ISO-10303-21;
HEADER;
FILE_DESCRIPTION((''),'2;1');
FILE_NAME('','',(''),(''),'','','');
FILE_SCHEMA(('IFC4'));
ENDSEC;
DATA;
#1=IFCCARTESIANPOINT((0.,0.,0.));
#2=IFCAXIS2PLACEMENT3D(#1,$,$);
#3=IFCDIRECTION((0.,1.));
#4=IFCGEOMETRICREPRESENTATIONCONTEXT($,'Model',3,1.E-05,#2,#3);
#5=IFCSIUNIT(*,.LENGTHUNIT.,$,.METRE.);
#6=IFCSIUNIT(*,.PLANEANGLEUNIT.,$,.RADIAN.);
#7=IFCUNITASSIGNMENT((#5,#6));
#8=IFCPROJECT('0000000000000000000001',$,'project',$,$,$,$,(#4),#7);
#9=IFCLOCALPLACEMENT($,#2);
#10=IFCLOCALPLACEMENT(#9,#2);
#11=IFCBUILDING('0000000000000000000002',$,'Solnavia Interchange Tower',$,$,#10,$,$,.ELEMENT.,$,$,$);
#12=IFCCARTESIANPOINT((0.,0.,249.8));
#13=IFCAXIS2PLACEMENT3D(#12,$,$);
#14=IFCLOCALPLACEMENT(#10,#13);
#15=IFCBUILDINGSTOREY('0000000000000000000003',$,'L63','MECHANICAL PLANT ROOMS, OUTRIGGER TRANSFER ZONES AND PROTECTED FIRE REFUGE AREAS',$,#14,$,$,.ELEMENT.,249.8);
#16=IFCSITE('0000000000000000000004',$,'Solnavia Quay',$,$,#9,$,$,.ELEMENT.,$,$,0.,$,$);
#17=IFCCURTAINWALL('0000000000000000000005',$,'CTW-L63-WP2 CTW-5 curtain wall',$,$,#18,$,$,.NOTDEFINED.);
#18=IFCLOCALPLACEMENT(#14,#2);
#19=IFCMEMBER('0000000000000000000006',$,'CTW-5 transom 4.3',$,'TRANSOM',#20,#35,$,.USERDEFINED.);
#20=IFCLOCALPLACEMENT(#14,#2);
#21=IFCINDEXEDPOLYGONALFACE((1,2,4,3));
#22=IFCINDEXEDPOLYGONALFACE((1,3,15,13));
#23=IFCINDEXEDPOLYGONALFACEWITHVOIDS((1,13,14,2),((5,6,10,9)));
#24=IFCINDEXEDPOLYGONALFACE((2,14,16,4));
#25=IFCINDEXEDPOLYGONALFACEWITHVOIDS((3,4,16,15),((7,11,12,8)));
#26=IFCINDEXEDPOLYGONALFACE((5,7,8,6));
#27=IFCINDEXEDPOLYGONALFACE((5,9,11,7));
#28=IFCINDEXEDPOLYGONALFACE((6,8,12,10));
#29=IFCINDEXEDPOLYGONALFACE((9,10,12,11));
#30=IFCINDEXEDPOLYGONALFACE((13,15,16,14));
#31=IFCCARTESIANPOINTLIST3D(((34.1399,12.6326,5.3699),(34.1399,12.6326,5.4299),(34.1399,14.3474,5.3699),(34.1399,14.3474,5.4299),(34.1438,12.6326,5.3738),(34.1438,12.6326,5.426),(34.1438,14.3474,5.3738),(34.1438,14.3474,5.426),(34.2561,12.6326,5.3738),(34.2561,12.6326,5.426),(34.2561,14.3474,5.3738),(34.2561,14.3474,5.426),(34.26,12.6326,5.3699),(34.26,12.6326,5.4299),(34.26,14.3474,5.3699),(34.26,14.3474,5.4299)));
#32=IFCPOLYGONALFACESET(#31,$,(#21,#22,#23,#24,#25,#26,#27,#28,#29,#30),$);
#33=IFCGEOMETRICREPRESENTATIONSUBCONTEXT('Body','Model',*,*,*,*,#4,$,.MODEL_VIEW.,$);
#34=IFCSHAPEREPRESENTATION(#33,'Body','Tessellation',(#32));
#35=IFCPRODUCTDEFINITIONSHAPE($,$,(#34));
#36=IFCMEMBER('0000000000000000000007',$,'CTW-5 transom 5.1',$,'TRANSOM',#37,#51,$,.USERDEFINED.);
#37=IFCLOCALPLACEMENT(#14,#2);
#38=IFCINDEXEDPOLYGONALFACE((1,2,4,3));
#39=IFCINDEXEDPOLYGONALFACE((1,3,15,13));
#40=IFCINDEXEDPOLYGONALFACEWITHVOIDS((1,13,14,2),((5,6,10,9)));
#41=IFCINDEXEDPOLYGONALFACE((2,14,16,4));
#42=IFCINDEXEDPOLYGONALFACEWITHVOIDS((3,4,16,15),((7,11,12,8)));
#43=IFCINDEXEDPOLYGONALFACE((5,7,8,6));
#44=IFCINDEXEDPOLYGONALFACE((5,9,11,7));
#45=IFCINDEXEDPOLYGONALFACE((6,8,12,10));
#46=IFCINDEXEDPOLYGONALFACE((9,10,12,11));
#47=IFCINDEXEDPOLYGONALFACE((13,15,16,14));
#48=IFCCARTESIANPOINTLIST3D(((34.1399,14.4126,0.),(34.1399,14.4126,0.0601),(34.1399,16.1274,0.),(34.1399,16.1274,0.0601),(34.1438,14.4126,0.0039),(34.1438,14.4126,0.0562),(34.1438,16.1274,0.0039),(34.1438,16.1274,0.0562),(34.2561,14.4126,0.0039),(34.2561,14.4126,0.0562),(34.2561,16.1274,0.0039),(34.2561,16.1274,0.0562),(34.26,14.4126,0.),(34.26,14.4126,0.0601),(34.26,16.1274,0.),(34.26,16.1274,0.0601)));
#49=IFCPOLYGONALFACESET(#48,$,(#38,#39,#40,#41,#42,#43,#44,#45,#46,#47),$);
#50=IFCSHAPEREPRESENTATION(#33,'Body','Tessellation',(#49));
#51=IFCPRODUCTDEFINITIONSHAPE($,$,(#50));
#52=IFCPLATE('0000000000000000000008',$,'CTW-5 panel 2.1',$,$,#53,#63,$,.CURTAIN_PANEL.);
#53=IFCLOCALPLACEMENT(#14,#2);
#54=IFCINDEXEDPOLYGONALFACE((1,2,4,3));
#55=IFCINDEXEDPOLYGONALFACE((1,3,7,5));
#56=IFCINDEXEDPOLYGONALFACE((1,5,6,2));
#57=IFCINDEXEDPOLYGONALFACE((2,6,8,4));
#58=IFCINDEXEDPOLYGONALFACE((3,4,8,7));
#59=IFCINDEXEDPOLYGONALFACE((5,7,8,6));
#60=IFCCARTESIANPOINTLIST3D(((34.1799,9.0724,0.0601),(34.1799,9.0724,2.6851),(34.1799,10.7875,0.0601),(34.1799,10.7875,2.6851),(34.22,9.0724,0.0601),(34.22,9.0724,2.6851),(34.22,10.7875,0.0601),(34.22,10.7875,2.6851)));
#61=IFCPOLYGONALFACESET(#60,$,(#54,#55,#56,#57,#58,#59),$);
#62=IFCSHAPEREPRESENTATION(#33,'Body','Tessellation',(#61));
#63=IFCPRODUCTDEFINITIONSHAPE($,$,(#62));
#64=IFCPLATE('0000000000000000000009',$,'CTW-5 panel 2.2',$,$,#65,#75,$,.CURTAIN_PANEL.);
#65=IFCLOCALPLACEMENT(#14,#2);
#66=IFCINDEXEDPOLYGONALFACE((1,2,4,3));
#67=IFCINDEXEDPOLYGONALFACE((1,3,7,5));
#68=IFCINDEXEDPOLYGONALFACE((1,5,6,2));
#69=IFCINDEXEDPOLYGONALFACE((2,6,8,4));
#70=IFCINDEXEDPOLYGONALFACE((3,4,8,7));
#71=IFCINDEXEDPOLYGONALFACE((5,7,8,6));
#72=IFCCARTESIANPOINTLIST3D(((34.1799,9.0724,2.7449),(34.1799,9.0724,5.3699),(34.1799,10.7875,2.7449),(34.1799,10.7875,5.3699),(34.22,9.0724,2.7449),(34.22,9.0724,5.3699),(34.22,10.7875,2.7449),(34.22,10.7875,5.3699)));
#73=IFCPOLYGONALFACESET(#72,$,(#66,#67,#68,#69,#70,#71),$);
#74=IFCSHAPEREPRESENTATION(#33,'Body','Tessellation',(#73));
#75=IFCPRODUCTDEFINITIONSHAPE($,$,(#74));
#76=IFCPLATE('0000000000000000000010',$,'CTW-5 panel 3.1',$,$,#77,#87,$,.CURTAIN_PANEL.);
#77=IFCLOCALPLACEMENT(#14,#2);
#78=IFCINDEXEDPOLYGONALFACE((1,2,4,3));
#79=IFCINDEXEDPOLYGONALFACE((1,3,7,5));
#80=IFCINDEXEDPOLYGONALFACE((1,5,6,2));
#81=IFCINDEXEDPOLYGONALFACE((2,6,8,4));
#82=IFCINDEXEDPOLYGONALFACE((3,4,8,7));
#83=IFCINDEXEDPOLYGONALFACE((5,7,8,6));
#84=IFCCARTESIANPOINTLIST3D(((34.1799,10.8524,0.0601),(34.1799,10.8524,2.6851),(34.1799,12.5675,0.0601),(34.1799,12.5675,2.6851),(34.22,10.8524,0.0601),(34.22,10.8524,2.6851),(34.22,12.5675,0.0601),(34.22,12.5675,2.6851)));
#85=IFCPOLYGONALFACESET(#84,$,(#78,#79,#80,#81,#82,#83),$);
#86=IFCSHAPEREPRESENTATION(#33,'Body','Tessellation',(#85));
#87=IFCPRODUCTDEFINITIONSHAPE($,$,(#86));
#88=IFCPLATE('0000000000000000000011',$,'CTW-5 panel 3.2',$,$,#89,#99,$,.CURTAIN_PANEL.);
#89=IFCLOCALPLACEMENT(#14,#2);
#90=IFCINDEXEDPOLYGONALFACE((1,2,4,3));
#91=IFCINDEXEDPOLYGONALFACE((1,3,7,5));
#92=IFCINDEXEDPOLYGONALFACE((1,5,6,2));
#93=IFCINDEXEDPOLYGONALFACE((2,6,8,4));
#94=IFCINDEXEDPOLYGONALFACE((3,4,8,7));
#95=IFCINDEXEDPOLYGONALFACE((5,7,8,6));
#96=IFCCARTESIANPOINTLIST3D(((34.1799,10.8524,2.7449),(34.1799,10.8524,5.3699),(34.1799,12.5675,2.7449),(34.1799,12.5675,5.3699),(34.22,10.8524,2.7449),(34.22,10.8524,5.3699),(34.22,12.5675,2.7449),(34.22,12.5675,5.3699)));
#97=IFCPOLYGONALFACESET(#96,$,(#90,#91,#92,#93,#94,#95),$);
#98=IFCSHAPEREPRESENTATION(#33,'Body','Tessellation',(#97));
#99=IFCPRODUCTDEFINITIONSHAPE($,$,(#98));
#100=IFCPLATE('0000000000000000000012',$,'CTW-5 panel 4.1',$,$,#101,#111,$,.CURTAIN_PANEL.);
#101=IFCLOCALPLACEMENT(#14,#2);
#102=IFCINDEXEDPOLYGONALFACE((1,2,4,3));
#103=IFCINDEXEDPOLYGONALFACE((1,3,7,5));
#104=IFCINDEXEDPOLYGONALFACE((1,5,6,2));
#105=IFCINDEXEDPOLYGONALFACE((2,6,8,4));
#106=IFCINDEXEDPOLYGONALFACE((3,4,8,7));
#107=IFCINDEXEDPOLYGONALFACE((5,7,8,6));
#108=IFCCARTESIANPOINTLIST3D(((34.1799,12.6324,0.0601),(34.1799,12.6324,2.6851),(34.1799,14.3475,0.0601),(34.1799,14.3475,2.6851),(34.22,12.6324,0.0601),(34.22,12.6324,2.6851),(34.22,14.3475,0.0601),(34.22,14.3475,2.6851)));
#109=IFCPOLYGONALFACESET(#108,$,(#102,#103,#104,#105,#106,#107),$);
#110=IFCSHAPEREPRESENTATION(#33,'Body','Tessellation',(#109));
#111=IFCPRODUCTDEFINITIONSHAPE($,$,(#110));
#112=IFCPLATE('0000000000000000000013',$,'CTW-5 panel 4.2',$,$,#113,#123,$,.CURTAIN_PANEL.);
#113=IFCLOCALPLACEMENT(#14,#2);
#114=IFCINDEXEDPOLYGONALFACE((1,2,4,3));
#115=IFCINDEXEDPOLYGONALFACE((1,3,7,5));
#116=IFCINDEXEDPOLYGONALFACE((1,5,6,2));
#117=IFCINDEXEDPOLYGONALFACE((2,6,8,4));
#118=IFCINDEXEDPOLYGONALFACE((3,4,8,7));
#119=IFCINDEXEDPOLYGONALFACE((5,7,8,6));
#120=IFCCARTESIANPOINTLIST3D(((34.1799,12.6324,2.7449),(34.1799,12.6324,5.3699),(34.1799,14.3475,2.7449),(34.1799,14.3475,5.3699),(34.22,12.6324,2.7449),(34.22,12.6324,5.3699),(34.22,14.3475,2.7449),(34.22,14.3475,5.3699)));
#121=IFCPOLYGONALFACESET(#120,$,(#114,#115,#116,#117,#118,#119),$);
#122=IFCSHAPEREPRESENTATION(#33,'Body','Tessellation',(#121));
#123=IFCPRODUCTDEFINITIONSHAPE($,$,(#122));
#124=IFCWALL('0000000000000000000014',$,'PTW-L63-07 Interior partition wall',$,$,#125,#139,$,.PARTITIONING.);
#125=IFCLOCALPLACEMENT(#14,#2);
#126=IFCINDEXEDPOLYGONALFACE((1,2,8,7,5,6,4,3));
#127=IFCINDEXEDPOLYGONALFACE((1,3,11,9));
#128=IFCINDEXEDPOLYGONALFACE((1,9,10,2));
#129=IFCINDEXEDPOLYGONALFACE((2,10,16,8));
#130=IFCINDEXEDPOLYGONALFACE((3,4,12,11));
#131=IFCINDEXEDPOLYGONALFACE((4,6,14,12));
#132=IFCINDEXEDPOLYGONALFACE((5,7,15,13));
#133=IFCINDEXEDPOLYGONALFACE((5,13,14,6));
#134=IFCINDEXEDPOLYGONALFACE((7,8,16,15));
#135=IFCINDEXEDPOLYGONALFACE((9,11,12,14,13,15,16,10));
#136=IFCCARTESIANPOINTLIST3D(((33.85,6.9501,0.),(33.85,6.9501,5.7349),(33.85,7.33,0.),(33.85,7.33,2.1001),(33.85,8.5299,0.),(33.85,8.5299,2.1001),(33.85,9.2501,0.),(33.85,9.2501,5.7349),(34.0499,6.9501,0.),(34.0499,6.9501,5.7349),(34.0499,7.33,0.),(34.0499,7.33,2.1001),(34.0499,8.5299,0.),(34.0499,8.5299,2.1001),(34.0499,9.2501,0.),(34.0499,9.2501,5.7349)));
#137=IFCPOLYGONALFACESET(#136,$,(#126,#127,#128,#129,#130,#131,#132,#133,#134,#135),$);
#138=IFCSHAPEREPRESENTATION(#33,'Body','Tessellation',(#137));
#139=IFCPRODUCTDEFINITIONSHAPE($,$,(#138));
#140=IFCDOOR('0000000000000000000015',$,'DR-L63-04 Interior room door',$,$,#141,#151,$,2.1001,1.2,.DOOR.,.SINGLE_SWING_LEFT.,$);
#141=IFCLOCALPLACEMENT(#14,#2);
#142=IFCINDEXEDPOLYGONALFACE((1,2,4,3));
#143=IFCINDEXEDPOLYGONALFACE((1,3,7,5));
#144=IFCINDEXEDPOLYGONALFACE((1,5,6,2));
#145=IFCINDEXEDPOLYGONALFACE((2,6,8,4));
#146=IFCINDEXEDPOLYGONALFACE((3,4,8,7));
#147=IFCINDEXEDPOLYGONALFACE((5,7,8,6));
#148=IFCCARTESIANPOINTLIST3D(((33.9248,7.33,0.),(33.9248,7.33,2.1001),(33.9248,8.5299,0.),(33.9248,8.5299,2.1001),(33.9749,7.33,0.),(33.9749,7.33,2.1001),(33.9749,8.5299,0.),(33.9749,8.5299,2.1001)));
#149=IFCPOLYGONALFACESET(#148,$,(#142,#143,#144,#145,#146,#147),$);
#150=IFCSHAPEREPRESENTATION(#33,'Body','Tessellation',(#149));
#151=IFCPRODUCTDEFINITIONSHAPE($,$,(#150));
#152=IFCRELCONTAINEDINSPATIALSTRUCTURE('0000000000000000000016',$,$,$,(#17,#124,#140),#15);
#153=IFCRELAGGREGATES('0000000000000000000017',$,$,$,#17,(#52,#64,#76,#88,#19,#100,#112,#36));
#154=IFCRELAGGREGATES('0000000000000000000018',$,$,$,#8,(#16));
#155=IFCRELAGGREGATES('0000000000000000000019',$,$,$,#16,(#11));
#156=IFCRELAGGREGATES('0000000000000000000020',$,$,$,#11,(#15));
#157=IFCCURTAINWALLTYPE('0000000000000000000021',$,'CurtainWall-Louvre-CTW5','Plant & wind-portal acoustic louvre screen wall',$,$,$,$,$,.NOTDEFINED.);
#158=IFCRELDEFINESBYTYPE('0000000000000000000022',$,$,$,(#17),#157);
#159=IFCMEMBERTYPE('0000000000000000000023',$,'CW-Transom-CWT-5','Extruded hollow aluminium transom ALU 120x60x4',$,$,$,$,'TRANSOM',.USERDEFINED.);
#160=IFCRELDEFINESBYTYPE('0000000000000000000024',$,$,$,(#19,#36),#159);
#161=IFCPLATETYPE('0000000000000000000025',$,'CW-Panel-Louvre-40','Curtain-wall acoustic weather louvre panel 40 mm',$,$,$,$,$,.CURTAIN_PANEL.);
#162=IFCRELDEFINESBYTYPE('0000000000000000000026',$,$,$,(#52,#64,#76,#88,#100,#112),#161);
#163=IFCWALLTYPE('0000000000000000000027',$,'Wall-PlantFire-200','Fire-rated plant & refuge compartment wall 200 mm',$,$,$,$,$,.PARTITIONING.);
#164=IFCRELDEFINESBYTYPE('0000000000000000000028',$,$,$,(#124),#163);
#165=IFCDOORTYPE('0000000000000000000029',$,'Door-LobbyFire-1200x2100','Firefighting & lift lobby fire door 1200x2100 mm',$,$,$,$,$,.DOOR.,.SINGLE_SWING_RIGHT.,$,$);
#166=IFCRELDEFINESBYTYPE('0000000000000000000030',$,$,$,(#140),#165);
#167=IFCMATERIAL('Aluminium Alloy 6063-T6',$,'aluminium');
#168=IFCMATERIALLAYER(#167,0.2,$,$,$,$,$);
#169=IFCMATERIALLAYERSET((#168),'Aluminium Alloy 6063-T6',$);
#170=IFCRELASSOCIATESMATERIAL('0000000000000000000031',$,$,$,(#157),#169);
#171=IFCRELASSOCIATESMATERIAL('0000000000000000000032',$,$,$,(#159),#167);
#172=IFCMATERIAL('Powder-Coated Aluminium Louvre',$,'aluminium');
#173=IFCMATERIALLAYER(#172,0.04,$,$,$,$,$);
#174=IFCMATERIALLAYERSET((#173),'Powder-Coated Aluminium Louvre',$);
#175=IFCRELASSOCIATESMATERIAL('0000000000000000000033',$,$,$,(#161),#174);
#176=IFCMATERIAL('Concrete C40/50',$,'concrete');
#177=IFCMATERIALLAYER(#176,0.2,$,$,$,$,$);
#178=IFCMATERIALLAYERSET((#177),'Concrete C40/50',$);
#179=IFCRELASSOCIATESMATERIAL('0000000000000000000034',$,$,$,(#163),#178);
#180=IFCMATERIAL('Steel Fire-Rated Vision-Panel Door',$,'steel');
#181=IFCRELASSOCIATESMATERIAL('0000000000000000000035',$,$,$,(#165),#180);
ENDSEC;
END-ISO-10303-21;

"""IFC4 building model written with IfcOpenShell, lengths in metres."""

from ifc_helpers import new_model, si_unit, direction, frame, frame_2d, origin, origin_2d, place, context, subcontext, project, spatial, rectangle, hollow_rectangle, extrude, material, layer, layer_set, material_profile, profile_set, type_object, element, fill, aggregate, save


model = new_model("IFC4")

# Units and contexts
model_context = context("Model", 3, precision=1e-05, world=origin(), true_north=direction((0.0, 1.0)))
body_context = subcontext(model_context, "Body", "Model", "MODEL_VIEW")
ifc_project = project(units=[si_unit("LENGTHUNIT", "METRE"), si_unit("PLANEANGLEUNIT", "RADIAN")], contexts=[model_context])

# Site, building, storey
site_placement = place(None, origin())
site = spatial("IfcSite", under=ifc_project, at=site_placement, Name="Solnavia Quay", CompositionType="ELEMENT", RefElevation=0.0)
building_placement = place(site_placement, origin())
building = spatial("IfcBuilding", under=site, at=building_placement, Name="Solnavia Interchange Tower", CompositionType="ELEMENT")
storey_placement = place(building_placement, frame((0.0, 0.0, 249.8)))
storey = spatial("IfcBuildingStorey", under=building, at=storey_placement, Name="L63", Description="MECHANICAL PLANT ROOMS, OUTRIGGER TRANSFER ZONES AND PROTECTED FIRE REFUGE AREAS", CompositionType="ELEMENT", Elevation=249.8)

# Curtain wall, members, plates
ifc_material_1 = material(Name="Aluminium Alloy 6063-T6", Category="aluminium")
ifc_layer_1 = layer(ifc_material_1, 0.2)
ifc_layer_set_1 = layer_set([ifc_layer_1], Name="Aluminium Alloy 6063-T6")
curtain_wall_type = type_object("IfcCurtainWallType", Name="CurtainWall-Louvre-CTW5", Description="Plant & wind-portal acoustic louvre screen wall", PredefinedType="NOTDEFINED", material=ifc_layer_set_1)
curtain_wall_placement = place(storey_placement, origin())
curtain_wall = element("IfcCurtainWall", 1, at=curtain_wall_placement, inside=storey, type_object=curtain_wall_type, Name="CTW-L63-WP2 CTW-5 curtain wall", PredefinedType="NOTDEFINED")
ifc_material_profile_1 = material_profile(ifc_material_1, hollow_rectangle(XDim=0.0601, YDim=0.1201, WallThickness=0.0039, at=origin_2d()), Name="ALU 120x60x4")
ifc_profile_set_1 = profile_set([ifc_material_profile_1], Name="Aluminium Alloy 6063-T6")
member_type_1 = type_object("IfcMemberType", Name="CW-Transom-CWT-5", Description="Extruded hollow aluminium transom ALU 120x60x4", ElementType="TRANSOM", PredefinedType="USERDEFINED", material=ifc_profile_set_1)
member_1_placement = place(storey_placement, frame((34.2, 12.6326, 5.3999), z_axis=(0.0, 1.0, 0.0), x_axis=(0.0, 0.0, 1.0)))
member_1 = element("IfcMember", 2, at=member_1_placement, type_object=member_type_1, Name="CTW-5 transom 4.3", ObjectType="TRANSOM", PredefinedType="USERDEFINED", context=body_context, shape_type="SweptSolid", body=[
    extrude(hollow_rectangle(XDim=0.0601, YDim=0.1201, WallThickness=0.0039, at=origin_2d()), origin(), (0.0, 0.0, 1.0), 1.7148),
])
member_2_placement = place(storey_placement, frame((34.2, 14.4126, 0.03), z_axis=(0.0, 1.0, 0.0), x_axis=(0.0, 0.0, 1.0)))
member_2 = element("IfcMember", 3, at=member_2_placement, type_object=member_type_1, Name="CTW-5 transom 5.1", ObjectType="TRANSOM", PredefinedType="USERDEFINED", context=body_context, shape_type="SweptSolid", body=[
    extrude(hollow_rectangle(XDim=0.0601, YDim=0.1201, WallThickness=0.0039, at=origin_2d()), origin(), (0.0, 0.0, 1.0), 1.7148),
])
ifc_material_2 = material(Name="Powder-Coated Aluminium Louvre", Category="aluminium")
ifc_layer_2 = layer(ifc_material_2, 0.04)
ifc_layer_set_2 = layer_set([ifc_layer_2], Name="Powder-Coated Aluminium Louvre")
plate_type = type_object("IfcPlateType", Name="CW-Panel-Louvre-40", Description="Curtain-wall acoustic weather louvre panel 40 mm", PredefinedType="CURTAIN_PANEL", material=ifc_layer_set_2)
plate_1_placement = place(storey_placement, frame((34.2, 9.9299, 0.0601), z_axis=(0.0, 0.0, 1.0), x_axis=(0.0, 1.0, 0.0)))
plate_1 = element("IfcPlate", 4, at=plate_1_placement, type_object=plate_type, Name="CTW-5 panel 2.1", PredefinedType="CURTAIN_PANEL", context=body_context, shape_type="SweptSolid", body=[
    extrude(rectangle(XDim=1.7151, YDim=0.04, at=origin_2d()), origin(), (0.0, 0.0, 1.0), 2.625),
])
plate_2_placement = place(storey_placement, frame((34.2, 9.9299, 2.7449), z_axis=(0.0, 0.0, 1.0), x_axis=(0.0, 1.0, 0.0)))
plate_2 = element("IfcPlate", 5, at=plate_2_placement, type_object=plate_type, Name="CTW-5 panel 2.2", PredefinedType="CURTAIN_PANEL", context=body_context, shape_type="SweptSolid", body=[
    extrude(rectangle(XDim=1.7151, YDim=0.04, at=origin_2d()), origin(), (0.0, 0.0, 1.0), 2.625),
])
plate_3_placement = place(storey_placement, frame((34.2, 11.71, 0.0601), z_axis=(0.0, 0.0, 1.0), x_axis=(0.0, 1.0, 0.0)))
plate_3 = element("IfcPlate", 6, at=plate_3_placement, type_object=plate_type, Name="CTW-5 panel 3.1", PredefinedType="CURTAIN_PANEL", context=body_context, shape_type="SweptSolid", body=[
    extrude(rectangle(XDim=1.7151, YDim=0.04, at=origin_2d()), origin(), (0.0, 0.0, 1.0), 2.625),
])
plate_4_placement = place(storey_placement, frame((34.2, 11.71, 2.7449), z_axis=(0.0, 0.0, 1.0), x_axis=(0.0, 1.0, 0.0)))
plate_4 = element("IfcPlate", 7, at=plate_4_placement, type_object=plate_type, Name="CTW-5 panel 3.2", PredefinedType="CURTAIN_PANEL", context=body_context, shape_type="SweptSolid", body=[
    extrude(rectangle(XDim=1.7151, YDim=0.04, at=origin_2d()), origin(), (0.0, 0.0, 1.0), 2.625),
])
plate_5_placement = place(storey_placement, frame((34.2, 13.49, 0.0601), z_axis=(0.0, 0.0, 1.0), x_axis=(0.0, 1.0, 0.0)))
plate_5 = element("IfcPlate", 8, at=plate_5_placement, type_object=plate_type, Name="CTW-5 panel 4.1", PredefinedType="CURTAIN_PANEL", context=body_context, shape_type="SweptSolid", body=[
    extrude(rectangle(XDim=1.7151, YDim=0.04, at=origin_2d()), origin(), (0.0, 0.0, 1.0), 2.625),
])
plate_6_placement = place(storey_placement, frame((34.2, 13.49, 2.7449), z_axis=(0.0, 0.0, 1.0), x_axis=(0.0, 1.0, 0.0)))
plate_6 = element("IfcPlate", 9, at=plate_6_placement, type_object=plate_type, Name="CTW-5 panel 4.2", PredefinedType="CURTAIN_PANEL", context=body_context, shape_type="SweptSolid", body=[
    extrude(rectangle(XDim=1.7151, YDim=0.04, at=origin_2d()), origin(), (0.0, 0.0, 1.0), 2.625),
])
aggregate(curtain_wall, [plate_1, plate_2, plate_3, plate_4, member_1, plate_5, plate_6, member_2])

# Wall, opening, door
ifc_material_3 = material(Name="Concrete C40/50", Category="concrete")
ifc_layer_3 = layer(ifc_material_3, 0.2)
ifc_layer_set_3 = layer_set([ifc_layer_3], Name="Concrete C40/50")
wall_type_1 = type_object("IfcWallType", Name="Wall-PlantFire-200", Description="Fire-rated plant & refuge compartment wall 200 mm", PredefinedType="PARTITIONING", material=ifc_layer_set_3)
wall_1_placement = place(storey_placement, frame((33.95, 9.25, 0.0), z_axis=(0.0, 0.0, 1.0), x_axis=(0.0, -1.0, 0.0)))
wall_1 = element("IfcWall", 10, at=wall_1_placement, inside=storey, type_object=wall_type_1, Name="PTW-L63-07 Interior partition wall", PredefinedType="PARTITIONING", context=body_context, shape_type="SweptSolid", body=[
    extrude(rectangle(XDim=2.3, YDim=0.2, at=frame_2d((1.1499, 0.0))), origin(), (0.0, 0.0, 1.0), 5.7349),
])
opening_1_placement = place(wall_1_placement, frame((0.72, 0.0, 0.0)))
opening_1 = element("IfcOpeningElement", 11, at=opening_1_placement, cuts=wall_1, PredefinedType="OPENING", context=body_context, shape_type="SweptSolid", body=[
    extrude(rectangle(XDim=1.2, YDim=2.1001, at=frame_2d((0.6001, 1.05))), frame((0.0, 0.1099, 0.0), z_axis=(0.0, -1.0, 0.0), x_axis=(1.0, 0.0, 0.0)), (0.0, 0.0, 1.0), 0.22),
])
ifc_material_4 = material(Name="Steel Fire-Rated Vision-Panel Door", Category="steel")
door_type = type_object("IfcDoorType", Name="Door-LobbyFire-1200x2100", Description="Firefighting & lift lobby fire door 1200x2100 mm", OperationType="SINGLE_SWING_RIGHT", PredefinedType="DOOR", material=ifc_material_4)
door_1_placement = place(opening_1_placement, origin())
door_1 = element("IfcDoor", 12, at=door_1_placement, inside=storey, type_object=door_type, Name="DR-L63-04 Interior room door", OperationType="SINGLE_SWING_LEFT", OverallHeight=2.1001, OverallWidth=1.2, PredefinedType="DOOR", context=body_context, shape_type="SweptSolid", body=[
    extrude(rectangle(XDim=1.2, YDim=2.1001, at=frame_2d((0.6001, 1.05))), frame((0.0, 0.0249, 0.0), z_axis=(0.0, -1.0, 0.0), x_axis=(1.0, 0.0, 0.0)), (0.0, 0.0, 1.0), 0.05),
])
fill(opening_1, door_1)

save(model, "model.ifc")
